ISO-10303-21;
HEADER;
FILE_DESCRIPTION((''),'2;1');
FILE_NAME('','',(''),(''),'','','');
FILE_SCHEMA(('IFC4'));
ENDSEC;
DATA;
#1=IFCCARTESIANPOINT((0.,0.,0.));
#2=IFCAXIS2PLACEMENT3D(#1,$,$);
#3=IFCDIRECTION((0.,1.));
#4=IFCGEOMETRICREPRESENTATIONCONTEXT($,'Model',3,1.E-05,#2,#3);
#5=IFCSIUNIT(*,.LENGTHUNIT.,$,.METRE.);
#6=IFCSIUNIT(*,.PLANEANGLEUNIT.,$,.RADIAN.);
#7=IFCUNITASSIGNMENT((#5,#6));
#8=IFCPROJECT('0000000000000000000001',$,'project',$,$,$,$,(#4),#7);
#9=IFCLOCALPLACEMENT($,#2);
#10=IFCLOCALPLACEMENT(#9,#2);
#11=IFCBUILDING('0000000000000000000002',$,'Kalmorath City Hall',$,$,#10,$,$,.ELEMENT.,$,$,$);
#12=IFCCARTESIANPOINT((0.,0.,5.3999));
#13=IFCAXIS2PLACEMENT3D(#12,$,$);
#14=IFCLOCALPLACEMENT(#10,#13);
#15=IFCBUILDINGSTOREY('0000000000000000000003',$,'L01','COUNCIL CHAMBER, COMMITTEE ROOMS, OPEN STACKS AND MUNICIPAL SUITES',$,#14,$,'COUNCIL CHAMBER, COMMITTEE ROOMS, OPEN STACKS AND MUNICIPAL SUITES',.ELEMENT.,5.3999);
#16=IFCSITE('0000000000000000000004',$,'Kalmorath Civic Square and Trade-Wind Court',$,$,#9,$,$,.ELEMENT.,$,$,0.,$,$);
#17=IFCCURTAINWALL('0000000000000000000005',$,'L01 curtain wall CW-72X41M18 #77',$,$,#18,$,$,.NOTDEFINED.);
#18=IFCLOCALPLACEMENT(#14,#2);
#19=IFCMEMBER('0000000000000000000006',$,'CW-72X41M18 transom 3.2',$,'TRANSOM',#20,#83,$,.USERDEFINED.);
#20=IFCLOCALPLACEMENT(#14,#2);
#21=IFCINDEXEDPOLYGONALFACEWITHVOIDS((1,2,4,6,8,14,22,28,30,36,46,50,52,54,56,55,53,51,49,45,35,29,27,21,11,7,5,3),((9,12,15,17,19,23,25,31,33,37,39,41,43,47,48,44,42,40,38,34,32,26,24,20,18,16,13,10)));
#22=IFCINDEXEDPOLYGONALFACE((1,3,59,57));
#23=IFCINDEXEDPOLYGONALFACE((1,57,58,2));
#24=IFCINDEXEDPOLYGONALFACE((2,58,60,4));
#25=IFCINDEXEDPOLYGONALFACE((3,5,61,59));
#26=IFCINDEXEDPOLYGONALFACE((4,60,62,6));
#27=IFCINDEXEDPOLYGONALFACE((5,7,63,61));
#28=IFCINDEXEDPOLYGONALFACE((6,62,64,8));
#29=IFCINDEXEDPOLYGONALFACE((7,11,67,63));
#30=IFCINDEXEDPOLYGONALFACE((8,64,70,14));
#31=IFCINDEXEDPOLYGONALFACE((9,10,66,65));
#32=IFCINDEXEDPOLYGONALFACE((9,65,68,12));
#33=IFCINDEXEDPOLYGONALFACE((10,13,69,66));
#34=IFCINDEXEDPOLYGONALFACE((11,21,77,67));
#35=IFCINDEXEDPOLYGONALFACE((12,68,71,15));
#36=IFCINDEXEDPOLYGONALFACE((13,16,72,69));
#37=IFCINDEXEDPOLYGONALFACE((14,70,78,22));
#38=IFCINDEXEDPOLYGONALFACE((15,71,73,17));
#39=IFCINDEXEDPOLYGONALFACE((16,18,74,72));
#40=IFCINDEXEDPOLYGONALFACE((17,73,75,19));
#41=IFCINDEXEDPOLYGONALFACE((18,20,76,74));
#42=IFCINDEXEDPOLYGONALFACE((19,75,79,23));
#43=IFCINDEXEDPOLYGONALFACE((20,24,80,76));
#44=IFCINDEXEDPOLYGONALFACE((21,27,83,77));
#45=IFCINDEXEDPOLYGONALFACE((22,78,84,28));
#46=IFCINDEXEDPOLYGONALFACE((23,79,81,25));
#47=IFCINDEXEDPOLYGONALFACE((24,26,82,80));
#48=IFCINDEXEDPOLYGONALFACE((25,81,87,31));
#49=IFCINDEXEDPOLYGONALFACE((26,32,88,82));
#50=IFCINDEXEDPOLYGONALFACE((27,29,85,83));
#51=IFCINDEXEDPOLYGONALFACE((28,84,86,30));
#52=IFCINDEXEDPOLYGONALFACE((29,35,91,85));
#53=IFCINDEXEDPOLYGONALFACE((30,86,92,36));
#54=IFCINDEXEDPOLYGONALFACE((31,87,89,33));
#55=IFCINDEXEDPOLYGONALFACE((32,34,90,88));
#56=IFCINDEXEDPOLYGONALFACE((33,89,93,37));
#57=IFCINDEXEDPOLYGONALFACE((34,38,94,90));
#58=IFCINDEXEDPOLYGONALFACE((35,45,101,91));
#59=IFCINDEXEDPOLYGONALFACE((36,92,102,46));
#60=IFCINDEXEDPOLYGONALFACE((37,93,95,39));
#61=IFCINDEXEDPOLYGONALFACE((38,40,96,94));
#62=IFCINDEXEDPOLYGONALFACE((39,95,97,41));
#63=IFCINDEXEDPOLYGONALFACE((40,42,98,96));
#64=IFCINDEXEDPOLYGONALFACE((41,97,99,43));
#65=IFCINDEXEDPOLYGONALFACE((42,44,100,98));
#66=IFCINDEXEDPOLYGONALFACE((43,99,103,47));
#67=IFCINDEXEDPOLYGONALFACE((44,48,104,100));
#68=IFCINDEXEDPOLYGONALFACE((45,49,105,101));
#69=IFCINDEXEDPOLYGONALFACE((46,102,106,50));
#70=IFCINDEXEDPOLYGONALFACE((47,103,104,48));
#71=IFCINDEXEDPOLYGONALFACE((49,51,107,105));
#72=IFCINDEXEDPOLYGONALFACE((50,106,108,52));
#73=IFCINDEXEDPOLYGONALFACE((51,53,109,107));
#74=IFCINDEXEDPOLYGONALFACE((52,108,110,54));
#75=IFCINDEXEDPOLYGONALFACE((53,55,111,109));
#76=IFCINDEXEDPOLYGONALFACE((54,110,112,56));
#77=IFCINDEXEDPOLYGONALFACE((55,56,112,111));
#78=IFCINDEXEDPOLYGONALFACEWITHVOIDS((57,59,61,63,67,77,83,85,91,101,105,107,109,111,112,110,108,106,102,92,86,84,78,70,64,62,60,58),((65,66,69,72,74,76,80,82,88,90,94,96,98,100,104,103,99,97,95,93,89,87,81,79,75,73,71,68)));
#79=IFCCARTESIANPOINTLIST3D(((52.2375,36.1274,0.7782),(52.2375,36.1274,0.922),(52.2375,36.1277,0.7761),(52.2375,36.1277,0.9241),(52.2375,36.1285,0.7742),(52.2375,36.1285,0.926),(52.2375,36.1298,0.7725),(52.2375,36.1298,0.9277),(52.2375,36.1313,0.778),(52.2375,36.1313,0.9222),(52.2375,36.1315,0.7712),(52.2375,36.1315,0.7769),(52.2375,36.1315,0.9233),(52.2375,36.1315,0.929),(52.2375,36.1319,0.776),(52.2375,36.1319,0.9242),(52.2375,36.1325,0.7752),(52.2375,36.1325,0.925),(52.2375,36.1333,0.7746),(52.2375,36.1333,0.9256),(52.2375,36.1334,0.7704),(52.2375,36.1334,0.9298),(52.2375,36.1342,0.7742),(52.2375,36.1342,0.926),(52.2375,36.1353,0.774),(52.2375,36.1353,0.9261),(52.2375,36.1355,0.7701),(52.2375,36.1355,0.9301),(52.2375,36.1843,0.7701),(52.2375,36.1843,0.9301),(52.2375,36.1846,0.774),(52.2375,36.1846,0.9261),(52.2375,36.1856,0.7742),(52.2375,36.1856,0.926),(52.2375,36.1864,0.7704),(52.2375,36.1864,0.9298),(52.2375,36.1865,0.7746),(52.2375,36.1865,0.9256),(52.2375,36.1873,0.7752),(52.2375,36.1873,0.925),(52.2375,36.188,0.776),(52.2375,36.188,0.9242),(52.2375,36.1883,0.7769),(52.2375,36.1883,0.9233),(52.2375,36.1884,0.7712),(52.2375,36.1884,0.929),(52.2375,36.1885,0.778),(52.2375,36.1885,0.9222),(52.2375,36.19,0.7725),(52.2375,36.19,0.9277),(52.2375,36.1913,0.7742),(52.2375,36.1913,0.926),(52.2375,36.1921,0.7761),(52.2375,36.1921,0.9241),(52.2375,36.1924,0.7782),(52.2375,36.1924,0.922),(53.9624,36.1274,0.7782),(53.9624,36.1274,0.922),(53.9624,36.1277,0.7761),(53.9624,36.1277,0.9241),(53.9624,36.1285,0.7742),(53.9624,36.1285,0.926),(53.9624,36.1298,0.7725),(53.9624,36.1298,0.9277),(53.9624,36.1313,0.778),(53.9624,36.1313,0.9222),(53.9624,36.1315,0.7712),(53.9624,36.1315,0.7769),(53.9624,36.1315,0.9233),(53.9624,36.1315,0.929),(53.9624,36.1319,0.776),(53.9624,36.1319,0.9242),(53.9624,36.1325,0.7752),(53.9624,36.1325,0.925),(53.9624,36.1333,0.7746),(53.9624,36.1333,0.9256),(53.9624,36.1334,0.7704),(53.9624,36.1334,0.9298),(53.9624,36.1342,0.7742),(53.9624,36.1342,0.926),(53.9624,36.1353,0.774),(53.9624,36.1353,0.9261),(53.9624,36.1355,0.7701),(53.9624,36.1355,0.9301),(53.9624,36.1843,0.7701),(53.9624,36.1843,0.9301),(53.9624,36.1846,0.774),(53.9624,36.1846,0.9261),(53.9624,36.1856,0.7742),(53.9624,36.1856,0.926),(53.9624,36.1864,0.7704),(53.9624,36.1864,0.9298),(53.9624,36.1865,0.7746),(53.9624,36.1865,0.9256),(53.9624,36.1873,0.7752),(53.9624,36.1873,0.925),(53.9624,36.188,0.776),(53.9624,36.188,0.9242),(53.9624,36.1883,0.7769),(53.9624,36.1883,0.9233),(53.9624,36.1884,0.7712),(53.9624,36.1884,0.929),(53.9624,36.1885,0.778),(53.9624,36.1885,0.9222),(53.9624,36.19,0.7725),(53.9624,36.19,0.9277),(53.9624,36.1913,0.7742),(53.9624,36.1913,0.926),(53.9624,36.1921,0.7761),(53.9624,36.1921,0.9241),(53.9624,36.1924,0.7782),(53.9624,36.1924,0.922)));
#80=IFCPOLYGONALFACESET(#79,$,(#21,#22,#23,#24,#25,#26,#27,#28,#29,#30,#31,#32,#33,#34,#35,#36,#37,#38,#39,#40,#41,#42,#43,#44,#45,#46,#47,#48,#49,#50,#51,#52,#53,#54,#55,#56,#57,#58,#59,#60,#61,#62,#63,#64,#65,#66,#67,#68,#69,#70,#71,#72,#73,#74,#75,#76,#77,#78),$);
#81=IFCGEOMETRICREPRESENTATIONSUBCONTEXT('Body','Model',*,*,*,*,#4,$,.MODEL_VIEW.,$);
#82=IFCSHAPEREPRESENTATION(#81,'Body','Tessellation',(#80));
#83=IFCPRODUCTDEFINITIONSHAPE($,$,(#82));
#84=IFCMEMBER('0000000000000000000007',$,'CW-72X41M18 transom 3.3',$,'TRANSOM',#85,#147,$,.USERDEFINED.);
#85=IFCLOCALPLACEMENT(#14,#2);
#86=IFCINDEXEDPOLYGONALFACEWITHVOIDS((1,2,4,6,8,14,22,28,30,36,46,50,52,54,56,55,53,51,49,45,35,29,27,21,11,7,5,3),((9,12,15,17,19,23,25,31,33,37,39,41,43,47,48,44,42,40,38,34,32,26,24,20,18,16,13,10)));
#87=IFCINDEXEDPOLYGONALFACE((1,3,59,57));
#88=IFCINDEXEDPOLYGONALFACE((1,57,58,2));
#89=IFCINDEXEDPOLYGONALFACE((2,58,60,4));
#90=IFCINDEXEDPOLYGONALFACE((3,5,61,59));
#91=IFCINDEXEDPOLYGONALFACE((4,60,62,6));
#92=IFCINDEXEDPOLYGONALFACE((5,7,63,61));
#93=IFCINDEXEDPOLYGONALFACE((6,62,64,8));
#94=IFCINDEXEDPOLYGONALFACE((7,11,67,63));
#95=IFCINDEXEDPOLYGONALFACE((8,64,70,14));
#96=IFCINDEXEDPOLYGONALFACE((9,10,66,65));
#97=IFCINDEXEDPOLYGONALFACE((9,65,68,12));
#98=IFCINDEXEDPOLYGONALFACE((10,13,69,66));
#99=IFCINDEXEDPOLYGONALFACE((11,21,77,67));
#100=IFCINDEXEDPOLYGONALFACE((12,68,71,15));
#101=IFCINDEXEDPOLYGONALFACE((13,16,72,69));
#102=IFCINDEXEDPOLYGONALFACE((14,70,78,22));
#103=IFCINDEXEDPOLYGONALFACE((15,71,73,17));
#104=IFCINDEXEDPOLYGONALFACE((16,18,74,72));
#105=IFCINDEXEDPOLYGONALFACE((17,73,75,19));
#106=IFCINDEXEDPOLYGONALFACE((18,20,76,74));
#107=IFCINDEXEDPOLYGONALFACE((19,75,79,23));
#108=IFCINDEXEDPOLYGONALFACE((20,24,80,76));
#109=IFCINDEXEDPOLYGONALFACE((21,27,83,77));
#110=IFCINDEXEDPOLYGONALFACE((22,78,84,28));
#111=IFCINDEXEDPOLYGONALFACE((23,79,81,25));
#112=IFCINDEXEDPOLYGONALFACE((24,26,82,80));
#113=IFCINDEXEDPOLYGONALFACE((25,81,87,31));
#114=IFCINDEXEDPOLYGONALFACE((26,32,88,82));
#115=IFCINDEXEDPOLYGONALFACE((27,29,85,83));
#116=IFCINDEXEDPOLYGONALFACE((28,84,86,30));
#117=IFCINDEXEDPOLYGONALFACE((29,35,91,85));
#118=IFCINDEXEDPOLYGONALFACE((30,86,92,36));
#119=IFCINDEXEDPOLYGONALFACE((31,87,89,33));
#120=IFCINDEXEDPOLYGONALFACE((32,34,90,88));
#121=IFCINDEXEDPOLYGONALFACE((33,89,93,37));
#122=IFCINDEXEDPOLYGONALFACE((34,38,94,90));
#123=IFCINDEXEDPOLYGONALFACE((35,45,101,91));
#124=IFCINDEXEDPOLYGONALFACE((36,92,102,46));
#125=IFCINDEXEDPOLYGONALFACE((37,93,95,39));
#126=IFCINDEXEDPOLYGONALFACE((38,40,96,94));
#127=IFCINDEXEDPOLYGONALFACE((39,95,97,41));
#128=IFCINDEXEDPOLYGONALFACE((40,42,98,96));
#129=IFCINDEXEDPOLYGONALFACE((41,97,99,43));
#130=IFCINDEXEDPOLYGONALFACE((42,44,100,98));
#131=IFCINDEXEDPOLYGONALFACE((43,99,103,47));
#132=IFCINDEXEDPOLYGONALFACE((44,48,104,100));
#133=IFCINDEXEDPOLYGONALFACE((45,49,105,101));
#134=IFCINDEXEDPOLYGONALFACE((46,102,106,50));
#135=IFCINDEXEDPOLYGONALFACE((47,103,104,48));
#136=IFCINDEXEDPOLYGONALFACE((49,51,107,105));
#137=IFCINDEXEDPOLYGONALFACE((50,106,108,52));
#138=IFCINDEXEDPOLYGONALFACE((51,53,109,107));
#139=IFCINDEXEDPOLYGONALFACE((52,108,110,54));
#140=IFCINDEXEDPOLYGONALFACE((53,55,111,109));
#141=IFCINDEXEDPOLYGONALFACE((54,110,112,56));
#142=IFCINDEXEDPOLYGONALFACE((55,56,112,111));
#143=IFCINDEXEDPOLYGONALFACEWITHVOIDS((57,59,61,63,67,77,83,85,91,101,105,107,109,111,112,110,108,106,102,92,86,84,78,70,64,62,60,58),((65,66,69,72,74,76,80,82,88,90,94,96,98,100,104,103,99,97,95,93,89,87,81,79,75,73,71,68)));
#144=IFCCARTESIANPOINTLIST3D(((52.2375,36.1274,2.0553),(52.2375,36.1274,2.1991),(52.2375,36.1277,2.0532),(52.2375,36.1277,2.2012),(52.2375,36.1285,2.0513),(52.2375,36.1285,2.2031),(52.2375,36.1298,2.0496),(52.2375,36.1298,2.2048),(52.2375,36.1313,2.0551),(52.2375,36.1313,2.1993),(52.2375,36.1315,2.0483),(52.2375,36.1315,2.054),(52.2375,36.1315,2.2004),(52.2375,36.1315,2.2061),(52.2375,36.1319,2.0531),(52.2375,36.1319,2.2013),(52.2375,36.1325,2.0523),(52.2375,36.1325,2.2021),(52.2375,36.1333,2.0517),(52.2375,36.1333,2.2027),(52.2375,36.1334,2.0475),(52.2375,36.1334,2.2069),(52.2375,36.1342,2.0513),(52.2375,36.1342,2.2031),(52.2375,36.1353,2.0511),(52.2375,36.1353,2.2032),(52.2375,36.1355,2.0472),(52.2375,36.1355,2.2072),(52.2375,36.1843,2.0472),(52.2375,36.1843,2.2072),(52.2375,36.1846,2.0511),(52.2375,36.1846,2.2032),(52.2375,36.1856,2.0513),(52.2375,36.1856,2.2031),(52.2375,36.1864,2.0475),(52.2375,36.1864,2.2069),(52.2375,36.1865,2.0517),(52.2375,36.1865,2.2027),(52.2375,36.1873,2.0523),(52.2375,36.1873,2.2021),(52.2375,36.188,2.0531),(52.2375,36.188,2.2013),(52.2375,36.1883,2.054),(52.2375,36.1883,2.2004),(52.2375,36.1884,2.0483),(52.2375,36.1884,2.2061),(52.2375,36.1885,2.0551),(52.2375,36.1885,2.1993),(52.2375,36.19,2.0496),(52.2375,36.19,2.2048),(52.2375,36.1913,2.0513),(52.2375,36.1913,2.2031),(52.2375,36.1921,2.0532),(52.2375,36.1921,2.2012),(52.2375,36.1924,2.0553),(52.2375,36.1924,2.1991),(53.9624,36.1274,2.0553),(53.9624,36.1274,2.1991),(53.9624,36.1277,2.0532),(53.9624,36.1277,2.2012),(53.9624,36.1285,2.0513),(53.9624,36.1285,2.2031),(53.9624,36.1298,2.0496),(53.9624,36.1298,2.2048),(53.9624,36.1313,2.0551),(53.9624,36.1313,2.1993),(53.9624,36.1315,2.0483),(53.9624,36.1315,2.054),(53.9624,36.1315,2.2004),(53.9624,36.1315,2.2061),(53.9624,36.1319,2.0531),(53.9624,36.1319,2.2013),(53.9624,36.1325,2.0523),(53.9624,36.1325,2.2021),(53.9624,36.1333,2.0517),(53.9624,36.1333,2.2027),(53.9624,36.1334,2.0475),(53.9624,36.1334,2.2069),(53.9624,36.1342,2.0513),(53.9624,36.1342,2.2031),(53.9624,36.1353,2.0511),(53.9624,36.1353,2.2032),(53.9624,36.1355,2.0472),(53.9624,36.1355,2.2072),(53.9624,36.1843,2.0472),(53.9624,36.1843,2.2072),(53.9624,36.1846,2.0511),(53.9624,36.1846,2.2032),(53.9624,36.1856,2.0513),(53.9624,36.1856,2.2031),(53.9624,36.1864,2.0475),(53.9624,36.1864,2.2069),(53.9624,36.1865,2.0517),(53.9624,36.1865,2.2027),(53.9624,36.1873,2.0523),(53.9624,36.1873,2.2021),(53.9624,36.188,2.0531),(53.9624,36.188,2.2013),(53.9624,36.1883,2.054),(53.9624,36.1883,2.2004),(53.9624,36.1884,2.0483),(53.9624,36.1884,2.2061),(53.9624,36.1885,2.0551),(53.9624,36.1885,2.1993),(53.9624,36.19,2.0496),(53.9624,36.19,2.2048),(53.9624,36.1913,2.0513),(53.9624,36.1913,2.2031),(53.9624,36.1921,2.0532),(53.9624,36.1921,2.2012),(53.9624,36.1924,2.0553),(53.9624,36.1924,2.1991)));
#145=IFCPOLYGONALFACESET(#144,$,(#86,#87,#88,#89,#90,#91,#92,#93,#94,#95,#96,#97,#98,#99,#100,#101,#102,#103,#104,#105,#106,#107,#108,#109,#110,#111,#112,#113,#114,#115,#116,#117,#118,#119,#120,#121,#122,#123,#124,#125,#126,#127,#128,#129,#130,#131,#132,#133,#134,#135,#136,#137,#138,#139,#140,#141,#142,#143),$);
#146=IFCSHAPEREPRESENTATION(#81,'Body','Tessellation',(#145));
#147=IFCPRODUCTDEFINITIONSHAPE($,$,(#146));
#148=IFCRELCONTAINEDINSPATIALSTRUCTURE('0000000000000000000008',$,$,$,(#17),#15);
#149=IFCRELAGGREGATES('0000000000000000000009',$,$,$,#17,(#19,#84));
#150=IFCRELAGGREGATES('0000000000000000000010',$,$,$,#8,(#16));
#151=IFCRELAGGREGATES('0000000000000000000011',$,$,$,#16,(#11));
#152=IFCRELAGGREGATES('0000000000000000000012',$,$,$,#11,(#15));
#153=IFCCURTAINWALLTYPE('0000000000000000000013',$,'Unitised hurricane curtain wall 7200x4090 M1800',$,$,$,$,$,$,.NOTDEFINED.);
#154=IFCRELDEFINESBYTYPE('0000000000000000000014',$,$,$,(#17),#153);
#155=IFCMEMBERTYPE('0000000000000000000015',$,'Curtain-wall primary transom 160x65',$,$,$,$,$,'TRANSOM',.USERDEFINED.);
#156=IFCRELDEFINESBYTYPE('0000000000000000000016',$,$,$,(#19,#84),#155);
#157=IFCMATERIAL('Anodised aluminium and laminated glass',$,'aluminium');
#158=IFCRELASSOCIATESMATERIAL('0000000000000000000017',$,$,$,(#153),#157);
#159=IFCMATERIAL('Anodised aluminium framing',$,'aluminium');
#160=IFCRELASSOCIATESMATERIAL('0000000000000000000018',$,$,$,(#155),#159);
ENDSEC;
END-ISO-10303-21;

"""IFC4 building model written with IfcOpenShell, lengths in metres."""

from ifc_helpers import new_model, si_unit, direction, frame, origin, origin_2d, place, context, subcontext, project, spatial, hollow_rectangle, extrude, material, material_profile, profile_set, type_object, element, aggregate, save


model = new_model("IFC4")

# Units and contexts
model_context = context("Model", 3, precision=1e-05, world=origin(), true_north=direction((0.0, 1.0)))
body_context = subcontext(model_context, "Body", "Model", "MODEL_VIEW")
ifc_project = project(units=[si_unit("LENGTHUNIT", "METRE"), si_unit("PLANEANGLEUNIT", "RADIAN")], contexts=[model_context])

# Site, building, storey
site_placement = place(None, origin())
site = spatial("IfcSite", under=ifc_project, at=site_placement, Name="Kalmorath Civic Square and Trade-Wind Court", CompositionType="ELEMENT", RefElevation=0.0)
building_placement = place(site_placement, origin())
building = spatial("IfcBuilding", under=site, at=building_placement, Name="Kalmorath City Hall", CompositionType="ELEMENT")
storey_placement = place(building_placement, frame((0.0, 0.0, 5.3999)))
storey = spatial("IfcBuildingStorey", under=building, at=storey_placement, Name="L01", Description="COUNCIL CHAMBER, COMMITTEE ROOMS, OPEN STACKS AND MUNICIPAL SUITES", LongName="COUNCIL CHAMBER, COMMITTEE ROOMS, OPEN STACKS AND MUNICIPAL SUITES", CompositionType="ELEMENT", Elevation=5.3999)

# Curtain wall, members
ifc_material_1 = material(Name="Anodised aluminium and laminated glass", Category="aluminium")
curtain_wall_type = type_object("IfcCurtainWallType", Name="Unitised hurricane curtain wall 7200x4090 M1800", PredefinedType="NOTDEFINED", material=ifc_material_1)
curtain_wall_placement = place(storey_placement, origin())
curtain_wall = element("IfcCurtainWall", 1, at=curtain_wall_placement, inside=storey, type_object=curtain_wall_type, Name="L01 curtain wall CW-72X41M18 #77", PredefinedType="NOTDEFINED")
ifc_material_2 = material(Name="Anodised aluminium framing", Category="aluminium")
ifc_material_profile_1 = material_profile(ifc_material_2, hollow_rectangle(XDim=0.0649, YDim=0.1599, WallThickness=0.0039, InnerFilletRadius=0.0039, OuterFilletRadius=0.0081, at=origin_2d()), Name="ALU-TRN-160X65X4")
ifc_profile_set_1 = profile_set([ifc_material_profile_1], Name="Anodised aluminium framing")
member_type_1 = type_object("IfcMemberType", Name="Curtain-wall primary transom 160x65", ElementType="TRANSOM", PredefinedType="USERDEFINED", material=ifc_profile_set_1)
member_1_placement = place(storey_placement, frame((53.9624, 36.1599, 0.8501), z_axis=(-1.0, 0.0, 0.0), x_axis=(0.0, -1.0, 0.0)))
member_1 = element("IfcMember", 2, at=member_1_placement, type_object=member_type_1, Name="CW-72X41M18 transom 3.2", ObjectType="TRANSOM", PredefinedType="USERDEFINED", context=body_context, shape_type="SweptSolid", body=[
    extrude(hollow_rectangle(XDim=0.0649, YDim=0.1599, WallThickness=0.0039, InnerFilletRadius=0.0039, OuterFilletRadius=0.0081, at=origin_2d()), origin(), (0.0, 0.0, 1.0), 1.7249),
])
member_2_placement = place(storey_placement, frame((53.9624, 36.1599, 2.1272), z_axis=(-1.0, 0.0, 0.0), x_axis=(0.0, -1.0, 0.0)))
member_2 = element("IfcMember", 3, at=member_2_placement, type_object=member_type_1, Name="CW-72X41M18 transom 3.3", ObjectType="TRANSOM", PredefinedType="USERDEFINED", context=body_context, shape_type="SweptSolid", body=[
    extrude(hollow_rectangle(XDim=0.0649, YDim=0.1599, WallThickness=0.0039, InnerFilletRadius=0.0039, OuterFilletRadius=0.0081, at=origin_2d()), origin(), (0.0, 0.0, 1.0), 1.7249),
])
aggregate(curtain_wall, [member_1, member_2])

save(model, "model.ifc")
